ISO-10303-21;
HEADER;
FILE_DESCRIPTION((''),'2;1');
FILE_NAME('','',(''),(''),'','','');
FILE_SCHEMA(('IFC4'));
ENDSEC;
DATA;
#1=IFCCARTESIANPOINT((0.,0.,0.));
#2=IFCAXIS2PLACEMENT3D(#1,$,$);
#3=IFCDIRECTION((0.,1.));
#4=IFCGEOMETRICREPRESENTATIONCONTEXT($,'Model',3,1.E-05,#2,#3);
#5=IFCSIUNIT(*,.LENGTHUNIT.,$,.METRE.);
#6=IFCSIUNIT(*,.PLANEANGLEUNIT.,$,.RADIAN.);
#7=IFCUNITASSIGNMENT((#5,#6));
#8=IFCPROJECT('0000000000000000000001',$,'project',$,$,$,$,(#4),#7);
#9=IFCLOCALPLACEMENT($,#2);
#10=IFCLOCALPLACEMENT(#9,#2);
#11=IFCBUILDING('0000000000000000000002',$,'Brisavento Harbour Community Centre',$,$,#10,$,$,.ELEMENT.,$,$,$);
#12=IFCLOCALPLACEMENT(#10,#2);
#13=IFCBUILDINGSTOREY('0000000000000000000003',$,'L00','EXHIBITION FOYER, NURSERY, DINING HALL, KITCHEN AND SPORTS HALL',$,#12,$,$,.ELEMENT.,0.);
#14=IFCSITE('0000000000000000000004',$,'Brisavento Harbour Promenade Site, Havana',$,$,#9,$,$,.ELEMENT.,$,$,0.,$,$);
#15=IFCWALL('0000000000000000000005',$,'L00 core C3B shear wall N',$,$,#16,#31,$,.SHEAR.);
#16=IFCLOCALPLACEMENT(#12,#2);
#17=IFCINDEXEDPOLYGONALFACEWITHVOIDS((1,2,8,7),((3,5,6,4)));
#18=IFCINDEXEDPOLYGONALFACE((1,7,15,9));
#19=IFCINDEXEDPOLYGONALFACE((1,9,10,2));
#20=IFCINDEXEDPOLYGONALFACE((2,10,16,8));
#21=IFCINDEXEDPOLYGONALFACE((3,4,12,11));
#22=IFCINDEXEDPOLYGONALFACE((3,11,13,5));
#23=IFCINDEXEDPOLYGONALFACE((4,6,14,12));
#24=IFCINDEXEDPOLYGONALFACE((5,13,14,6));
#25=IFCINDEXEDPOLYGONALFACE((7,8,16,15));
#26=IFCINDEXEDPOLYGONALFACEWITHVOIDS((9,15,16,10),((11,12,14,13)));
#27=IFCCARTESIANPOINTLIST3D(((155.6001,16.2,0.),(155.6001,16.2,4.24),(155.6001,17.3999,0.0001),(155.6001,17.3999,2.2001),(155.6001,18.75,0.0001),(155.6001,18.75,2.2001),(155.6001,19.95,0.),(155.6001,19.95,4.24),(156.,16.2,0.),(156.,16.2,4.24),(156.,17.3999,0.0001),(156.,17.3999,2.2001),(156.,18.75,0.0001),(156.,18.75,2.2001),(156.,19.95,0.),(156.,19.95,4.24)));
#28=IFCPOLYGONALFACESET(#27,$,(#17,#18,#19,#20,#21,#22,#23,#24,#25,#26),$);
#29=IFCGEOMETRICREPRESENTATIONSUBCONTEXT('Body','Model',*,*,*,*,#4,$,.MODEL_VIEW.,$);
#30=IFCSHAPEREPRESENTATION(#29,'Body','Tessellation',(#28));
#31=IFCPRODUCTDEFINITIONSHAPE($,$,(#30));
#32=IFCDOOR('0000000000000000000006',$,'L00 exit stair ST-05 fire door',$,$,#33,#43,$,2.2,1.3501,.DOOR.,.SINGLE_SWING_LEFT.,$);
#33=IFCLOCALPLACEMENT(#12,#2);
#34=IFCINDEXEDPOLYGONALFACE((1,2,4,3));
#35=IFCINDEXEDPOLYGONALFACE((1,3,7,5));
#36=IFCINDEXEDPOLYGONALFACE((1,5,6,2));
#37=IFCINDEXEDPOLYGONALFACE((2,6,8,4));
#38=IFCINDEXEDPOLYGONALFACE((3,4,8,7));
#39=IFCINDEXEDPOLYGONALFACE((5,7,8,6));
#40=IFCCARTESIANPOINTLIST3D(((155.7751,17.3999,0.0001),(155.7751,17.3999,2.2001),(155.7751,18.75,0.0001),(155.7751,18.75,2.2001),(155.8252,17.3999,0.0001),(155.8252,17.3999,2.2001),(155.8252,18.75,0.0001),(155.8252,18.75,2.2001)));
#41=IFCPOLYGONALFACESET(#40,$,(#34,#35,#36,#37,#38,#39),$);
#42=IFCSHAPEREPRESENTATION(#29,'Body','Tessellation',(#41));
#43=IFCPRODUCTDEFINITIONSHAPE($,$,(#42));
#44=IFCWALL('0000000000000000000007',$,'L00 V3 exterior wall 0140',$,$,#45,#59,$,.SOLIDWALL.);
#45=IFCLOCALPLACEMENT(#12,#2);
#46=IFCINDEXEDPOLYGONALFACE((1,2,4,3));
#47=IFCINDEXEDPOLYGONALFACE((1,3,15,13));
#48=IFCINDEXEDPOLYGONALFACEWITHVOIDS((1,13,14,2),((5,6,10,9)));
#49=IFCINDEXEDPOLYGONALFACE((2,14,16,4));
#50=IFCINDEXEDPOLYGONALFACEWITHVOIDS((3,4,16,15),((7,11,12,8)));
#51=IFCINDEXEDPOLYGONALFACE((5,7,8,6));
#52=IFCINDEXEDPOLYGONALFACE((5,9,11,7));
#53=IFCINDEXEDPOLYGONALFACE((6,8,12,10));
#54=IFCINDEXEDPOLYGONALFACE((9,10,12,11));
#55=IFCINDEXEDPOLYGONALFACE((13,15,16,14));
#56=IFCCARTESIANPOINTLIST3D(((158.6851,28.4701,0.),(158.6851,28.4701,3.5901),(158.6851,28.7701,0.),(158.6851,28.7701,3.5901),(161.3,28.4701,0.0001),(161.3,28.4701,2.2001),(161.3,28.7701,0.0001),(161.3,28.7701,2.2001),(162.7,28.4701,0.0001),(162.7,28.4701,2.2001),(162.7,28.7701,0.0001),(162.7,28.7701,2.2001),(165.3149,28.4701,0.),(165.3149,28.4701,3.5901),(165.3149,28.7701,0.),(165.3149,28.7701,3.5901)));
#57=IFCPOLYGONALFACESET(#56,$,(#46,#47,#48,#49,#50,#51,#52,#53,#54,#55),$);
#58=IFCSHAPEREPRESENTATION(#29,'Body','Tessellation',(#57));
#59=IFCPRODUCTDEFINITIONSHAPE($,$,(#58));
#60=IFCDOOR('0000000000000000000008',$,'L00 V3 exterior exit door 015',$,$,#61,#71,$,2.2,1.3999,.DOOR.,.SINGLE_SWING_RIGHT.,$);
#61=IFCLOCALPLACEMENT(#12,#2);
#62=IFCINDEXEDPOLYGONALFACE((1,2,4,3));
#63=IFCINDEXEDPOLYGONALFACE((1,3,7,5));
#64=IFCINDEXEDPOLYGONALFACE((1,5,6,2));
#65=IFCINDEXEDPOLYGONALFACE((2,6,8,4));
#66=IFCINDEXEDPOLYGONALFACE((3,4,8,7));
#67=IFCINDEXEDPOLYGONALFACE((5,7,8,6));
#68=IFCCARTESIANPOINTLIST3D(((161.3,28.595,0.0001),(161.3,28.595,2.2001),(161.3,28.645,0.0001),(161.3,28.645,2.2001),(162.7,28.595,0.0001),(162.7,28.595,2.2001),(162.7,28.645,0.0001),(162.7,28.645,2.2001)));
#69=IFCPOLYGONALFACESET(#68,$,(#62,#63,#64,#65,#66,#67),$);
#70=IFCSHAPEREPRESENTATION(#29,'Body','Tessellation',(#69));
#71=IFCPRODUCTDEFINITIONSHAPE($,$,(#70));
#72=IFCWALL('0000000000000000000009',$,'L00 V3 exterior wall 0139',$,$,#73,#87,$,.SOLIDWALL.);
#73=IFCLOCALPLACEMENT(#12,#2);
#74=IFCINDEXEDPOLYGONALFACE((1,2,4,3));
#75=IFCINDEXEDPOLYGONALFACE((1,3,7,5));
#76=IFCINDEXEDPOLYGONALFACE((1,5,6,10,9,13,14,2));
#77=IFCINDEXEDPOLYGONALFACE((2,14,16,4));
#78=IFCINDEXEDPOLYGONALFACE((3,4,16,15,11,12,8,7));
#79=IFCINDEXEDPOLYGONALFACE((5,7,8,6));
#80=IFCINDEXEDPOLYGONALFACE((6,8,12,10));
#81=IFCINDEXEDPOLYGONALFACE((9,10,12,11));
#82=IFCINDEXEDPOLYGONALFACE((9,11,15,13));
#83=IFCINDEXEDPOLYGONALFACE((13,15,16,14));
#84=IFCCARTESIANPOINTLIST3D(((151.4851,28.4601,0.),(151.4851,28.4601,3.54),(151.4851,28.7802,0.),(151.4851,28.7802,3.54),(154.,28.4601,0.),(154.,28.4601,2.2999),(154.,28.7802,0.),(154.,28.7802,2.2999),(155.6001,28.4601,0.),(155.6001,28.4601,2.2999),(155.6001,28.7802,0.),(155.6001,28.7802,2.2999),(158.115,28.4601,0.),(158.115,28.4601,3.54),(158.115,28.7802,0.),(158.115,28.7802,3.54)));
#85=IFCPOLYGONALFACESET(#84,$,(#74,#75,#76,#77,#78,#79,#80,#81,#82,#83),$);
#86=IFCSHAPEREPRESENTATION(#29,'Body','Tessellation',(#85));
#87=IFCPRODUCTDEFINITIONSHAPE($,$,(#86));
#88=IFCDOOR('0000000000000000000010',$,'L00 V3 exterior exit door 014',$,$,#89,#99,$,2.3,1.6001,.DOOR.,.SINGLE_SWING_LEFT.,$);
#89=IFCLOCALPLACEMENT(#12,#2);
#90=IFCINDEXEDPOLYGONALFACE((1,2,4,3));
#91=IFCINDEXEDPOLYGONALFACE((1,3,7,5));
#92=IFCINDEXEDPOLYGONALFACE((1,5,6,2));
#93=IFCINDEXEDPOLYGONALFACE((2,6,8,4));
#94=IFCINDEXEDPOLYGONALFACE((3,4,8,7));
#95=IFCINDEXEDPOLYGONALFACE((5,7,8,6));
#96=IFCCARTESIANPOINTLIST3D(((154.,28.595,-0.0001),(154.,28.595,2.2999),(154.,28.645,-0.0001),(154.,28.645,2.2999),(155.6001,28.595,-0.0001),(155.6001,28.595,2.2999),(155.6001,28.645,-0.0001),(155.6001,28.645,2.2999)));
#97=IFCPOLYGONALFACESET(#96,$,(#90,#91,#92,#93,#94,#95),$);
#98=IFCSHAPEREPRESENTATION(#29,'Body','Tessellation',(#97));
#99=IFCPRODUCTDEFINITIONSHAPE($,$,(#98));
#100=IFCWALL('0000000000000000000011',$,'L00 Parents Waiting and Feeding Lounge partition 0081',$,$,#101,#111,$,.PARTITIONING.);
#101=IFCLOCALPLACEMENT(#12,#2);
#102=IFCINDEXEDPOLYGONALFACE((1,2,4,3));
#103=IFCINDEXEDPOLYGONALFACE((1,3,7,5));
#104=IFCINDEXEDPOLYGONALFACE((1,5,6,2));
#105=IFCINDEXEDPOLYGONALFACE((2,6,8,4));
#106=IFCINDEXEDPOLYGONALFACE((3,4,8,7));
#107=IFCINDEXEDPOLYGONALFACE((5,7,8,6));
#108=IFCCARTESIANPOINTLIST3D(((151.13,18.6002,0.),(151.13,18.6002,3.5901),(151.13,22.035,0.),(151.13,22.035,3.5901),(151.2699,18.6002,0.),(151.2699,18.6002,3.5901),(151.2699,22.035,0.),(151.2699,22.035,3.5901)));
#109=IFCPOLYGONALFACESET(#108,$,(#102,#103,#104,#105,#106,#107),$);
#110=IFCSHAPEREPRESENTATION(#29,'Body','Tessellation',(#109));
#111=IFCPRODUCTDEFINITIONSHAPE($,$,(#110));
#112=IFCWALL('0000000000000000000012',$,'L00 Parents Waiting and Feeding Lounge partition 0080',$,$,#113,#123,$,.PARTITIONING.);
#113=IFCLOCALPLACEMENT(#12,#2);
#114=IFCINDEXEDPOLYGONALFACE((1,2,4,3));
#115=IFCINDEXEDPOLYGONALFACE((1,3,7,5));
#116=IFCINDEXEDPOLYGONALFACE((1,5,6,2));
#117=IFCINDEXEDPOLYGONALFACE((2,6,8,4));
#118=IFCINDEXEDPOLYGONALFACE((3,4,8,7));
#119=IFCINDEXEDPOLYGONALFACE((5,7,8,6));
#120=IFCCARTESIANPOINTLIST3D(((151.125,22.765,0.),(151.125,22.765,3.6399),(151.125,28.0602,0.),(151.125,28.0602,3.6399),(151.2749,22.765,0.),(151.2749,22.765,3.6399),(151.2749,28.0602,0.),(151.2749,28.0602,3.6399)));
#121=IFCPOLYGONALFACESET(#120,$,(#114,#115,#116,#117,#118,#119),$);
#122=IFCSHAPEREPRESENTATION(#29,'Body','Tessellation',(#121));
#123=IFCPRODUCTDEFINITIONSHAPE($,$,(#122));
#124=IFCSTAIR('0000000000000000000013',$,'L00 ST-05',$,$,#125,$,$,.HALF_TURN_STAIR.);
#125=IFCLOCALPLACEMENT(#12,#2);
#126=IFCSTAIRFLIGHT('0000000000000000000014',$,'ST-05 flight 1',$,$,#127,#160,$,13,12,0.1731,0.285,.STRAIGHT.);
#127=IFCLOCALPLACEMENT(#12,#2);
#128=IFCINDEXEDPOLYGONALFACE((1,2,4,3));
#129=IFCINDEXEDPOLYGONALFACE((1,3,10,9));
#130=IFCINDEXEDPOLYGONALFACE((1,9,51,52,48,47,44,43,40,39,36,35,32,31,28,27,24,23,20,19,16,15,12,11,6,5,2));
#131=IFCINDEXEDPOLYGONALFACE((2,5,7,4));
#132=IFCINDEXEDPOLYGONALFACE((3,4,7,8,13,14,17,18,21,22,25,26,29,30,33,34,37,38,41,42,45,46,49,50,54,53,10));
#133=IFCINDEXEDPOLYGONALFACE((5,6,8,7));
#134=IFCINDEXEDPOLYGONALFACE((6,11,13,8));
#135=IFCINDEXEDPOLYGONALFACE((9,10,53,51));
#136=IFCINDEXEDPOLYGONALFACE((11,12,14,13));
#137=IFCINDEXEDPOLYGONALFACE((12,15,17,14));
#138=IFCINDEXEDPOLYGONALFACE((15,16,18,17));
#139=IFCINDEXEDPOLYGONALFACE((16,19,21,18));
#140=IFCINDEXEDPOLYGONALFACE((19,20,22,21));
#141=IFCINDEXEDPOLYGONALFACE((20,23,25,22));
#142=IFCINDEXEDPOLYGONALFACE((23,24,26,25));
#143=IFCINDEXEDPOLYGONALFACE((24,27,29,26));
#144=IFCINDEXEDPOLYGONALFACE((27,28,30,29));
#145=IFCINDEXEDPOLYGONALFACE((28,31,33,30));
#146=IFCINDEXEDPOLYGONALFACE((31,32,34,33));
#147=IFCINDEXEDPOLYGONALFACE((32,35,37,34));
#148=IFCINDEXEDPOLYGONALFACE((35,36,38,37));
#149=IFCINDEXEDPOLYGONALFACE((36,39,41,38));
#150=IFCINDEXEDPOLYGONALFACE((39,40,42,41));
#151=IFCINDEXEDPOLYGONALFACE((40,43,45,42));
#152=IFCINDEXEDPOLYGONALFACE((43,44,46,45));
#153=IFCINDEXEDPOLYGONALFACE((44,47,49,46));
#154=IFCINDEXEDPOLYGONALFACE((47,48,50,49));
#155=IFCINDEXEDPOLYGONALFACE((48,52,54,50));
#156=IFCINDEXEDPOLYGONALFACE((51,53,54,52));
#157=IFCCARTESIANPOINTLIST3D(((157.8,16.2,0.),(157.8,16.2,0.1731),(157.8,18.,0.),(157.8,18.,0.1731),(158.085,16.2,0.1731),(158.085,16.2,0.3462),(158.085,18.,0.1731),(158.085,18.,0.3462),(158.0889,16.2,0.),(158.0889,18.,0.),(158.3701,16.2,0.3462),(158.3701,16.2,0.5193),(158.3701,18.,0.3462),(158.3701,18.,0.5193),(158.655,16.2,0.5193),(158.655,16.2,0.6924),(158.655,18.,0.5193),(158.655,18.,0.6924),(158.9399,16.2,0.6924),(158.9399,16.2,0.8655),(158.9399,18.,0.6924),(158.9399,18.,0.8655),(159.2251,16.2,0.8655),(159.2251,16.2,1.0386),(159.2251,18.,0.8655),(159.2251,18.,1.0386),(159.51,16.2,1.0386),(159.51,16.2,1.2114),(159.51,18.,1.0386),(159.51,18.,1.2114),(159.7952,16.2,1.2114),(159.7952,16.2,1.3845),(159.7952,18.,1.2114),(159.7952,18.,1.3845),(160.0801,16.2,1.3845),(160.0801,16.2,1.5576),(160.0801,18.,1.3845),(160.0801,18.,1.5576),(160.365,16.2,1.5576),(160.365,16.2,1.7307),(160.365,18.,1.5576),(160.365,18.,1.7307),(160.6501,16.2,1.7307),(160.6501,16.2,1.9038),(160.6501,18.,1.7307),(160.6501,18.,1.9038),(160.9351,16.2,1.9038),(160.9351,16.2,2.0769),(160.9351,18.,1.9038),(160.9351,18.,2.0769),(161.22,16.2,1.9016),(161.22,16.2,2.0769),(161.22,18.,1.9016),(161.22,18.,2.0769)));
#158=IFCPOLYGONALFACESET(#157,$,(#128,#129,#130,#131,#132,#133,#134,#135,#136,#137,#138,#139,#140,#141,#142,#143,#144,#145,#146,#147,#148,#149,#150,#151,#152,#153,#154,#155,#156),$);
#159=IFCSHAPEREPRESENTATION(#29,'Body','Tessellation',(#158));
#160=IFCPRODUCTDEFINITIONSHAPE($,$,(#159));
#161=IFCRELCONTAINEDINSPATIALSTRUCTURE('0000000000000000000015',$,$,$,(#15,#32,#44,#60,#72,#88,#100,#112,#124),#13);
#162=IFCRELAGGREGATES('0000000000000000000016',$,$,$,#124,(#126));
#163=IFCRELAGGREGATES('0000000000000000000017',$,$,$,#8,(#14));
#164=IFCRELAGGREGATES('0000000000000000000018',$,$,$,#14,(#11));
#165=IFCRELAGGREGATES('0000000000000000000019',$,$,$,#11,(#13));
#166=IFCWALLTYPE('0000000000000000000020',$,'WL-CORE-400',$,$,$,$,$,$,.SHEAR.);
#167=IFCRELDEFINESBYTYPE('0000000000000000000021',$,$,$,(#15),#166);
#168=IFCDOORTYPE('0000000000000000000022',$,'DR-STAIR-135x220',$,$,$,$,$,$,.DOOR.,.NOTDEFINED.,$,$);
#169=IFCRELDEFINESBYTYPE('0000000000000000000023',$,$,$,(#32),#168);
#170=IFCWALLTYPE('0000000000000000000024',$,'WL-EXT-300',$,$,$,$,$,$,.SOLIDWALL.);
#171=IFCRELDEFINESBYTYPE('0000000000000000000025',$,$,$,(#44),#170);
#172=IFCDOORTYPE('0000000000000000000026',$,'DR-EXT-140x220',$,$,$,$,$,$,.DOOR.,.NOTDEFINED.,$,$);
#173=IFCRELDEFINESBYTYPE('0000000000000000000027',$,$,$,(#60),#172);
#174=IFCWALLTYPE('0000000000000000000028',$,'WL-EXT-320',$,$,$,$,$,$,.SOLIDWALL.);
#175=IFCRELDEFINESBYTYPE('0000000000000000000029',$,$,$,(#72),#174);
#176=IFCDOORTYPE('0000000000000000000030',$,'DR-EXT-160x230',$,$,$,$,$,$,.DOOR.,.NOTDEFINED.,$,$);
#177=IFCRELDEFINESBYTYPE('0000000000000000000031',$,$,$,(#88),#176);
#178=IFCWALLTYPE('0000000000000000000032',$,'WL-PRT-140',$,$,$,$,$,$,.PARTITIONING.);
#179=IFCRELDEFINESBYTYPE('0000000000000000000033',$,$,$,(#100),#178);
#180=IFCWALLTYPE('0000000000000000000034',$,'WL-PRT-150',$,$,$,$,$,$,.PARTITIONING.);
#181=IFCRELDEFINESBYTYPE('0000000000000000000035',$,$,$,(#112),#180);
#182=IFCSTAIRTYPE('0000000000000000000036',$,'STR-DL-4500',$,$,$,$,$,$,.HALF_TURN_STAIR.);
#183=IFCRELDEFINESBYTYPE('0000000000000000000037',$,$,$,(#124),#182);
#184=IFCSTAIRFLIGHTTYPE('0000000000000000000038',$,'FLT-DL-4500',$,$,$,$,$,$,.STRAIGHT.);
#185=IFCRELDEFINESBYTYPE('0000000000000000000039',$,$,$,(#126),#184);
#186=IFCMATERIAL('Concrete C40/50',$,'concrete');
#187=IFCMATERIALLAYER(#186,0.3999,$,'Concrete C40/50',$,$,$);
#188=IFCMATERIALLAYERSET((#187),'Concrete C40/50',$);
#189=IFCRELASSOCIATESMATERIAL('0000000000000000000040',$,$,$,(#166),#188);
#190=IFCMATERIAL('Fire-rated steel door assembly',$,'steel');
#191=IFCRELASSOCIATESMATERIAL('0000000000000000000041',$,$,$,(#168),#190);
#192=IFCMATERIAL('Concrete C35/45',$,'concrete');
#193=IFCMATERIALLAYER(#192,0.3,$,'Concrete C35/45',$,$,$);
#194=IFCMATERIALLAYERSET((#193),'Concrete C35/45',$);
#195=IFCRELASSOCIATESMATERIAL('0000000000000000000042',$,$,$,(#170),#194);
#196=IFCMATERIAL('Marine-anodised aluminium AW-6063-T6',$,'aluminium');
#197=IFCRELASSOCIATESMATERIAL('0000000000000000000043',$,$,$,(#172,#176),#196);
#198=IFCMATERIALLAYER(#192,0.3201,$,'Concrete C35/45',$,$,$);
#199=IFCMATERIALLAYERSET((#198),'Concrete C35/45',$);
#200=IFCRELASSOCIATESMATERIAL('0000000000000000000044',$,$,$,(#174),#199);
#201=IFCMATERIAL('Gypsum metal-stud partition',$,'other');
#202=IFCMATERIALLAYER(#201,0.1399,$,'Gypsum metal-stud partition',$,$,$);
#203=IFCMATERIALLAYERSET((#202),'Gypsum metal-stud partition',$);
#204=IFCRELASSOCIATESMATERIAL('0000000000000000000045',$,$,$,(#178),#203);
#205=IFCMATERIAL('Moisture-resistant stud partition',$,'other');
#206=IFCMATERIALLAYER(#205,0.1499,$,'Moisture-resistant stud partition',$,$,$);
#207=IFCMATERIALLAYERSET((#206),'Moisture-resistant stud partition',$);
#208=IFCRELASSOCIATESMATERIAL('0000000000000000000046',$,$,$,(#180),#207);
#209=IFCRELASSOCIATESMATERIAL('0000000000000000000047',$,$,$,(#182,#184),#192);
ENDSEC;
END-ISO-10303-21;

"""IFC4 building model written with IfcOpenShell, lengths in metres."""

from ifc_helpers import new_model, si_unit, direction, frame, frame_2d, origin, place, context, subcontext, project, spatial, polyline, rectangle, outline, extrude, material, layer, layer_set, type_object, element, fill, aggregate, save


model = new_model("IFC4")

# Units and contexts
model_context = context("Model", 3, precision=1e-05, world=origin(), true_north=direction((0.0, 1.0)))
body_context = subcontext(model_context, "Body", "Model", "MODEL_VIEW")
ifc_project = project(units=[si_unit("LENGTHUNIT", "METRE"), si_unit("PLANEANGLEUNIT", "RADIAN")], contexts=[model_context])

# Site, building, storey
site_placement = place(None, origin())
site = spatial("IfcSite", under=ifc_project, at=site_placement, Name="Brisavento Harbour Promenade Site, Havana", CompositionType="ELEMENT", RefElevation=0.0)
building_placement = place(site_placement, origin())
building = spatial("IfcBuilding", under=site, at=building_placement, Name="Brisavento Harbour Community Centre", CompositionType="ELEMENT")
storey_placement = place(building_placement, origin())
storey = spatial("IfcBuildingStorey", under=building, at=storey_placement, Name="L00", Description="EXHIBITION FOYER, NURSERY, DINING HALL, KITCHEN AND SPORTS HALL", CompositionType="ELEMENT", Elevation=0.0)

# Shared definitions
ifc_material_1 = material(Name="Concrete C35/45", Category="concrete")
ifc_material_2 = material(Name="Concrete C40/50", Category="concrete")

# Shared definitions
ifc_layer_1 = layer(ifc_material_2, 0.3999, Name="Concrete C40/50")
ifc_layer_set_1 = layer_set([ifc_layer_1], Name="Concrete C40/50")
wall_type_1 = type_object("IfcWallType", Name="WL-CORE-400", PredefinedType="SHEAR", material=ifc_layer_set_1)

# Walls, openings, doors
wall_1_placement = place(storey_placement, frame((155.8, 16.2, 0.0), z_axis=(0.0, 0.0, 1.0), x_axis=(0.0, 1.0, 0.0)))
wall_1 = element("IfcWall", 1, at=wall_1_placement, inside=storey, type_object=wall_type_1, Name="L00 core C3B shear wall N", PredefinedType="SHEAR", context=body_context, shape_type="SweptSolid", body=[
    extrude(rectangle(XDim=3.75, YDim=0.3999, at=frame_2d((1.875, 0.0))), origin(), (0.0, 0.0, 1.0), 4.24),
])
opening_1_placement = place(wall_1_placement, frame((1.2, 0.0, 0.0)))
opening_1 = element("IfcOpeningElement", 2, at=opening_1_placement, cuts=wall_1, PredefinedType="OPENING", context=body_context, shape_type="SweptSolid", body=[
    extrude(rectangle(XDim=1.3501, YDim=2.2, at=frame_2d((0.675, 1.1001))), frame((0.0, 0.21, 0.0), z_axis=(0.0, -1.0, 0.0), x_axis=(1.0, 0.0, 0.0)), (0.0, 0.0, 1.0), 0.4199),
])
ifc_material_3 = material(Name="Fire-rated steel door assembly", Category="steel")
door_type_1 = type_object("IfcDoorType", Name="DR-STAIR-135x220", OperationType="NOTDEFINED", PredefinedType="DOOR", material=ifc_material_3)
door_1_placement = place(opening_1_placement, origin())
door_1 = element("IfcDoor", 3, at=door_1_placement, inside=storey, type_object=door_type_1, Name="L00 exit stair ST-05 fire door", OperationType="SINGLE_SWING_LEFT", OverallHeight=2.2, OverallWidth=1.3501, PredefinedType="DOOR", context=body_context, shape_type="SweptSolid", body=[
    extrude(rectangle(XDim=1.3501, YDim=2.2, at=frame_2d((0.675, 1.1001))), frame((0.0, 0.0249, 0.0), z_axis=(0.0, -1.0, 0.0), x_axis=(1.0, 0.0, 0.0)), (0.0, 0.0, 1.0), 0.05),
])
fill(opening_1, door_1)
ifc_layer_2 = layer(ifc_material_1, 0.3, Name="Concrete C35/45")
ifc_layer_set_2 = layer_set([ifc_layer_2], Name="Concrete C35/45")
wall_type_2 = type_object("IfcWallType", Name="WL-EXT-300", PredefinedType="SOLIDWALL", material=ifc_layer_set_2)
wall_2_placement = place(storey_placement, frame((158.6851, 28.6201, 0.0), z_axis=(0.0, 0.0, 1.0), x_axis=(1.0, 0.0, 0.0)))
wall_2 = element("IfcWall", 4, at=wall_2_placement, inside=storey, type_object=wall_type_2, Name="L00 V3 exterior wall 0140", PredefinedType="SOLIDWALL", context=body_context, shape_type="SweptSolid", body=[
    extrude(rectangle(XDim=6.6299, YDim=0.3, at=frame_2d((3.3149, 0.0))), origin(), (0.0, 0.0, 1.0), 3.5901),
])
opening_2_placement = place(wall_2_placement, frame((2.615, 0.0, 0.0)))
opening_2 = element("IfcOpeningElement", 5, at=opening_2_placement, cuts=wall_2, PredefinedType="OPENING", context=body_context, shape_type="SweptSolid", body=[
    extrude(rectangle(XDim=1.3999, YDim=2.2, at=frame_2d((0.7, 1.1001))), frame((0.0, 0.1602, 0.0), z_axis=(0.0, -1.0, 0.0), x_axis=(1.0, 0.0, 0.0)), (0.0, 0.0, 1.0), 0.3201),
])
ifc_material_4 = material(Name="Marine-anodised aluminium AW-6063-T6", Category="aluminium")
door_type_2 = type_object("IfcDoorType", Name="DR-EXT-140x220", OperationType="NOTDEFINED", PredefinedType="DOOR", material=ifc_material_4)
door_2_placement = place(opening_2_placement, origin())
door_2 = element("IfcDoor", 6, at=door_2_placement, inside=storey, type_object=door_type_2, Name="L00 V3 exterior exit door 015", OperationType="SINGLE_SWING_RIGHT", OverallHeight=2.2, OverallWidth=1.3999, PredefinedType="DOOR", context=body_context, shape_type="SweptSolid", body=[
    extrude(rectangle(XDim=1.3999, YDim=2.2, at=frame_2d((0.7, 1.1001))), frame((0.0, 0.0249, 0.0), z_axis=(0.0, -1.0, 0.0), x_axis=(1.0, 0.0, 0.0)), (0.0, 0.0, 1.0), 0.05),
])
fill(opening_2, door_2)
ifc_layer_3 = layer(ifc_material_1, 0.3201, Name="Concrete C35/45")
ifc_layer_set_3 = layer_set([ifc_layer_3], Name="Concrete C35/45")
wall_type_3 = type_object("IfcWallType", Name="WL-EXT-320", PredefinedType="SOLIDWALL", material=ifc_layer_set_3)
wall_3_placement = place(storey_placement, frame((151.4851, 28.6201, 0.0), z_axis=(0.0, 0.0, 1.0), x_axis=(1.0, 0.0, 0.0)))
wall_3 = element("IfcWall", 7, at=wall_3_placement, inside=storey, type_object=wall_type_3, Name="L00 V3 exterior wall 0139", PredefinedType="SOLIDWALL", context=body_context, shape_type="SweptSolid", body=[
    extrude(rectangle(XDim=6.6299, YDim=0.3201, at=frame_2d((3.3149, 0.0))), origin(), (0.0, 0.0, 1.0), 3.54),
])
opening_3_placement = place(wall_3_placement, frame((2.5149, 0.0, 0.0)))
opening_3 = element("IfcOpeningElement", 8, at=opening_3_placement, cuts=wall_3, PredefinedType="OPENING", context=body_context, shape_type="SweptSolid", body=[
    extrude(rectangle(XDim=1.6001, YDim=2.3, at=frame_2d((0.8, 1.1499))), frame((0.0, 0.1699, 0.0), z_axis=(0.0, -1.0, 0.0), x_axis=(1.0, 0.0, 0.0)), (0.0, 0.0, 1.0), 0.3401),
])
door_type_3 = type_object("IfcDoorType", Name="DR-EXT-160x230", OperationType="NOTDEFINED", PredefinedType="DOOR", material=ifc_material_4)
door_3_placement = place(opening_3_placement, origin())
door_3 = element("IfcDoor", 9, at=door_3_placement, inside=storey, type_object=door_type_3, Name="L00 V3 exterior exit door 014", OperationType="SINGLE_SWING_LEFT", OverallHeight=2.3, OverallWidth=1.6001, PredefinedType="DOOR", context=body_context, shape_type="SweptSolid", body=[
    extrude(rectangle(XDim=1.6001, YDim=2.3, at=frame_2d((0.8, 1.1499))), frame((0.0, 0.0249, 0.0), z_axis=(0.0, -1.0, 0.0), x_axis=(1.0, 0.0, 0.0)), (0.0, 0.0, 1.0), 0.05),
])
fill(opening_3, door_3)

# Walls
ifc_material_5 = material(Name="Gypsum metal-stud partition", Category="other")
ifc_layer_4 = layer(ifc_material_5, 0.1399, Name="Gypsum metal-stud partition")
ifc_layer_set_4 = layer_set([ifc_layer_4], Name="Gypsum metal-stud partition")
wall_type_4 = type_object("IfcWallType", Name="WL-PRT-140", PredefinedType="PARTITIONING", material=ifc_layer_set_4)
wall_4_placement = place(storey_placement, frame((151.2, 22.0349, 0.0), z_axis=(0.0, 0.0, 1.0), x_axis=(0.0, -1.0, 0.0)))
element("IfcWall", 10, at=wall_4_placement, inside=storey, type_object=wall_type_4, Name="L00 Parents Waiting and Feeding Lounge partition 0081", PredefinedType="PARTITIONING", context=body_context, shape_type="SweptSolid", body=[
    extrude(rectangle(XDim=3.4348, YDim=0.1399, at=frame_2d((1.7173, 0.0))), origin(), (0.0, 0.0, 1.0), 3.5901),
])
ifc_material_6 = material(Name="Moisture-resistant stud partition", Category="other")
ifc_layer_5 = layer(ifc_material_6, 0.1499, Name="Moisture-resistant stud partition")
ifc_layer_set_5 = layer_set([ifc_layer_5], Name="Moisture-resistant stud partition")
wall_type_5 = type_object("IfcWallType", Name="WL-PRT-150", PredefinedType="PARTITIONING", material=ifc_layer_set_5)
wall_5_placement = place(storey_placement, frame((151.2, 28.0601, 0.0), z_axis=(0.0, 0.0, 1.0), x_axis=(0.0, -1.0, 0.0)))
element("IfcWall", 11, at=wall_5_placement, inside=storey, type_object=wall_type_5, Name="L00 Parents Waiting and Feeding Lounge partition 0080", PredefinedType="PARTITIONING", context=body_context, shape_type="SweptSolid", body=[
    extrude(rectangle(XDim=5.2952, YDim=0.1499, at=frame_2d((2.6475, 0.0))), origin(), (0.0, 0.0, 1.0), 3.6399),
])

# Stair, stair flight
stair_type = type_object("IfcStairType", Name="STR-DL-4500", PredefinedType="HALF_TURN_STAIR", material=ifc_material_1)
stair_placement = place(storey_placement, origin())
stair = element("IfcStair", 12, at=stair_placement, inside=storey, type_object=stair_type, Name="L00 ST-05", PredefinedType="HALF_TURN_STAIR")
stair_flight_type = type_object("IfcStairFlightType", Name="FLT-DL-4500", PredefinedType="STRAIGHT", material=ifc_material_1)
stair_flight_placement = place(storey_placement, frame((157.8, 17.1001, 0.0), z_axis=(0.0, 0.0, 1.0), x_axis=(1.0, 0.0, 0.0)))
stair_flight = element("IfcStairFlight", 13, at=stair_flight_placement, type_object=stair_flight_type, Name="ST-05 flight 1", NumberOfRisers=13, NumberOfTreads=12, PredefinedType="STRAIGHT", RiserHeight=0.1731, TreadLength=0.285, context=body_context, shape_type="SweptSolid", body=[
    extrude(outline(polyline([(0.0, 0.0), (0.0, 0.1731), (0.2849, 0.1731), (0.2849, 0.3462), (0.5701, 0.3462), (0.5701, 0.5193), (0.855, 0.5193), (0.855, 0.6924), (1.1399, 0.6924), (1.1399, 0.8655), (1.425, 0.8655), (1.425, 1.0386), (1.71, 1.0386), (1.71, 1.2114), (1.9951, 1.2114), (1.9951, 1.3845), (2.28, 1.3845), (2.28, 1.5576), (2.5649, 1.5576), (2.5649, 1.7307), (2.8501, 1.7307), (2.8501, 1.9038), (3.135, 1.9038), (3.135, 2.0769), (3.4199, 2.0769), (3.4199, 2.25), (3.4199, 1.9016), (0.2888, 0.0), (0.0, 0.0)])), frame((0.0, 0.8999, 0.0), z_axis=(0.0, -1.0, 0.0), x_axis=(1.0, 0.0, 0.0)), (0.0, 0.0, 1.0), 1.8),
])
aggregate(stair, [stair_flight])

save(model, "model.ifc")
